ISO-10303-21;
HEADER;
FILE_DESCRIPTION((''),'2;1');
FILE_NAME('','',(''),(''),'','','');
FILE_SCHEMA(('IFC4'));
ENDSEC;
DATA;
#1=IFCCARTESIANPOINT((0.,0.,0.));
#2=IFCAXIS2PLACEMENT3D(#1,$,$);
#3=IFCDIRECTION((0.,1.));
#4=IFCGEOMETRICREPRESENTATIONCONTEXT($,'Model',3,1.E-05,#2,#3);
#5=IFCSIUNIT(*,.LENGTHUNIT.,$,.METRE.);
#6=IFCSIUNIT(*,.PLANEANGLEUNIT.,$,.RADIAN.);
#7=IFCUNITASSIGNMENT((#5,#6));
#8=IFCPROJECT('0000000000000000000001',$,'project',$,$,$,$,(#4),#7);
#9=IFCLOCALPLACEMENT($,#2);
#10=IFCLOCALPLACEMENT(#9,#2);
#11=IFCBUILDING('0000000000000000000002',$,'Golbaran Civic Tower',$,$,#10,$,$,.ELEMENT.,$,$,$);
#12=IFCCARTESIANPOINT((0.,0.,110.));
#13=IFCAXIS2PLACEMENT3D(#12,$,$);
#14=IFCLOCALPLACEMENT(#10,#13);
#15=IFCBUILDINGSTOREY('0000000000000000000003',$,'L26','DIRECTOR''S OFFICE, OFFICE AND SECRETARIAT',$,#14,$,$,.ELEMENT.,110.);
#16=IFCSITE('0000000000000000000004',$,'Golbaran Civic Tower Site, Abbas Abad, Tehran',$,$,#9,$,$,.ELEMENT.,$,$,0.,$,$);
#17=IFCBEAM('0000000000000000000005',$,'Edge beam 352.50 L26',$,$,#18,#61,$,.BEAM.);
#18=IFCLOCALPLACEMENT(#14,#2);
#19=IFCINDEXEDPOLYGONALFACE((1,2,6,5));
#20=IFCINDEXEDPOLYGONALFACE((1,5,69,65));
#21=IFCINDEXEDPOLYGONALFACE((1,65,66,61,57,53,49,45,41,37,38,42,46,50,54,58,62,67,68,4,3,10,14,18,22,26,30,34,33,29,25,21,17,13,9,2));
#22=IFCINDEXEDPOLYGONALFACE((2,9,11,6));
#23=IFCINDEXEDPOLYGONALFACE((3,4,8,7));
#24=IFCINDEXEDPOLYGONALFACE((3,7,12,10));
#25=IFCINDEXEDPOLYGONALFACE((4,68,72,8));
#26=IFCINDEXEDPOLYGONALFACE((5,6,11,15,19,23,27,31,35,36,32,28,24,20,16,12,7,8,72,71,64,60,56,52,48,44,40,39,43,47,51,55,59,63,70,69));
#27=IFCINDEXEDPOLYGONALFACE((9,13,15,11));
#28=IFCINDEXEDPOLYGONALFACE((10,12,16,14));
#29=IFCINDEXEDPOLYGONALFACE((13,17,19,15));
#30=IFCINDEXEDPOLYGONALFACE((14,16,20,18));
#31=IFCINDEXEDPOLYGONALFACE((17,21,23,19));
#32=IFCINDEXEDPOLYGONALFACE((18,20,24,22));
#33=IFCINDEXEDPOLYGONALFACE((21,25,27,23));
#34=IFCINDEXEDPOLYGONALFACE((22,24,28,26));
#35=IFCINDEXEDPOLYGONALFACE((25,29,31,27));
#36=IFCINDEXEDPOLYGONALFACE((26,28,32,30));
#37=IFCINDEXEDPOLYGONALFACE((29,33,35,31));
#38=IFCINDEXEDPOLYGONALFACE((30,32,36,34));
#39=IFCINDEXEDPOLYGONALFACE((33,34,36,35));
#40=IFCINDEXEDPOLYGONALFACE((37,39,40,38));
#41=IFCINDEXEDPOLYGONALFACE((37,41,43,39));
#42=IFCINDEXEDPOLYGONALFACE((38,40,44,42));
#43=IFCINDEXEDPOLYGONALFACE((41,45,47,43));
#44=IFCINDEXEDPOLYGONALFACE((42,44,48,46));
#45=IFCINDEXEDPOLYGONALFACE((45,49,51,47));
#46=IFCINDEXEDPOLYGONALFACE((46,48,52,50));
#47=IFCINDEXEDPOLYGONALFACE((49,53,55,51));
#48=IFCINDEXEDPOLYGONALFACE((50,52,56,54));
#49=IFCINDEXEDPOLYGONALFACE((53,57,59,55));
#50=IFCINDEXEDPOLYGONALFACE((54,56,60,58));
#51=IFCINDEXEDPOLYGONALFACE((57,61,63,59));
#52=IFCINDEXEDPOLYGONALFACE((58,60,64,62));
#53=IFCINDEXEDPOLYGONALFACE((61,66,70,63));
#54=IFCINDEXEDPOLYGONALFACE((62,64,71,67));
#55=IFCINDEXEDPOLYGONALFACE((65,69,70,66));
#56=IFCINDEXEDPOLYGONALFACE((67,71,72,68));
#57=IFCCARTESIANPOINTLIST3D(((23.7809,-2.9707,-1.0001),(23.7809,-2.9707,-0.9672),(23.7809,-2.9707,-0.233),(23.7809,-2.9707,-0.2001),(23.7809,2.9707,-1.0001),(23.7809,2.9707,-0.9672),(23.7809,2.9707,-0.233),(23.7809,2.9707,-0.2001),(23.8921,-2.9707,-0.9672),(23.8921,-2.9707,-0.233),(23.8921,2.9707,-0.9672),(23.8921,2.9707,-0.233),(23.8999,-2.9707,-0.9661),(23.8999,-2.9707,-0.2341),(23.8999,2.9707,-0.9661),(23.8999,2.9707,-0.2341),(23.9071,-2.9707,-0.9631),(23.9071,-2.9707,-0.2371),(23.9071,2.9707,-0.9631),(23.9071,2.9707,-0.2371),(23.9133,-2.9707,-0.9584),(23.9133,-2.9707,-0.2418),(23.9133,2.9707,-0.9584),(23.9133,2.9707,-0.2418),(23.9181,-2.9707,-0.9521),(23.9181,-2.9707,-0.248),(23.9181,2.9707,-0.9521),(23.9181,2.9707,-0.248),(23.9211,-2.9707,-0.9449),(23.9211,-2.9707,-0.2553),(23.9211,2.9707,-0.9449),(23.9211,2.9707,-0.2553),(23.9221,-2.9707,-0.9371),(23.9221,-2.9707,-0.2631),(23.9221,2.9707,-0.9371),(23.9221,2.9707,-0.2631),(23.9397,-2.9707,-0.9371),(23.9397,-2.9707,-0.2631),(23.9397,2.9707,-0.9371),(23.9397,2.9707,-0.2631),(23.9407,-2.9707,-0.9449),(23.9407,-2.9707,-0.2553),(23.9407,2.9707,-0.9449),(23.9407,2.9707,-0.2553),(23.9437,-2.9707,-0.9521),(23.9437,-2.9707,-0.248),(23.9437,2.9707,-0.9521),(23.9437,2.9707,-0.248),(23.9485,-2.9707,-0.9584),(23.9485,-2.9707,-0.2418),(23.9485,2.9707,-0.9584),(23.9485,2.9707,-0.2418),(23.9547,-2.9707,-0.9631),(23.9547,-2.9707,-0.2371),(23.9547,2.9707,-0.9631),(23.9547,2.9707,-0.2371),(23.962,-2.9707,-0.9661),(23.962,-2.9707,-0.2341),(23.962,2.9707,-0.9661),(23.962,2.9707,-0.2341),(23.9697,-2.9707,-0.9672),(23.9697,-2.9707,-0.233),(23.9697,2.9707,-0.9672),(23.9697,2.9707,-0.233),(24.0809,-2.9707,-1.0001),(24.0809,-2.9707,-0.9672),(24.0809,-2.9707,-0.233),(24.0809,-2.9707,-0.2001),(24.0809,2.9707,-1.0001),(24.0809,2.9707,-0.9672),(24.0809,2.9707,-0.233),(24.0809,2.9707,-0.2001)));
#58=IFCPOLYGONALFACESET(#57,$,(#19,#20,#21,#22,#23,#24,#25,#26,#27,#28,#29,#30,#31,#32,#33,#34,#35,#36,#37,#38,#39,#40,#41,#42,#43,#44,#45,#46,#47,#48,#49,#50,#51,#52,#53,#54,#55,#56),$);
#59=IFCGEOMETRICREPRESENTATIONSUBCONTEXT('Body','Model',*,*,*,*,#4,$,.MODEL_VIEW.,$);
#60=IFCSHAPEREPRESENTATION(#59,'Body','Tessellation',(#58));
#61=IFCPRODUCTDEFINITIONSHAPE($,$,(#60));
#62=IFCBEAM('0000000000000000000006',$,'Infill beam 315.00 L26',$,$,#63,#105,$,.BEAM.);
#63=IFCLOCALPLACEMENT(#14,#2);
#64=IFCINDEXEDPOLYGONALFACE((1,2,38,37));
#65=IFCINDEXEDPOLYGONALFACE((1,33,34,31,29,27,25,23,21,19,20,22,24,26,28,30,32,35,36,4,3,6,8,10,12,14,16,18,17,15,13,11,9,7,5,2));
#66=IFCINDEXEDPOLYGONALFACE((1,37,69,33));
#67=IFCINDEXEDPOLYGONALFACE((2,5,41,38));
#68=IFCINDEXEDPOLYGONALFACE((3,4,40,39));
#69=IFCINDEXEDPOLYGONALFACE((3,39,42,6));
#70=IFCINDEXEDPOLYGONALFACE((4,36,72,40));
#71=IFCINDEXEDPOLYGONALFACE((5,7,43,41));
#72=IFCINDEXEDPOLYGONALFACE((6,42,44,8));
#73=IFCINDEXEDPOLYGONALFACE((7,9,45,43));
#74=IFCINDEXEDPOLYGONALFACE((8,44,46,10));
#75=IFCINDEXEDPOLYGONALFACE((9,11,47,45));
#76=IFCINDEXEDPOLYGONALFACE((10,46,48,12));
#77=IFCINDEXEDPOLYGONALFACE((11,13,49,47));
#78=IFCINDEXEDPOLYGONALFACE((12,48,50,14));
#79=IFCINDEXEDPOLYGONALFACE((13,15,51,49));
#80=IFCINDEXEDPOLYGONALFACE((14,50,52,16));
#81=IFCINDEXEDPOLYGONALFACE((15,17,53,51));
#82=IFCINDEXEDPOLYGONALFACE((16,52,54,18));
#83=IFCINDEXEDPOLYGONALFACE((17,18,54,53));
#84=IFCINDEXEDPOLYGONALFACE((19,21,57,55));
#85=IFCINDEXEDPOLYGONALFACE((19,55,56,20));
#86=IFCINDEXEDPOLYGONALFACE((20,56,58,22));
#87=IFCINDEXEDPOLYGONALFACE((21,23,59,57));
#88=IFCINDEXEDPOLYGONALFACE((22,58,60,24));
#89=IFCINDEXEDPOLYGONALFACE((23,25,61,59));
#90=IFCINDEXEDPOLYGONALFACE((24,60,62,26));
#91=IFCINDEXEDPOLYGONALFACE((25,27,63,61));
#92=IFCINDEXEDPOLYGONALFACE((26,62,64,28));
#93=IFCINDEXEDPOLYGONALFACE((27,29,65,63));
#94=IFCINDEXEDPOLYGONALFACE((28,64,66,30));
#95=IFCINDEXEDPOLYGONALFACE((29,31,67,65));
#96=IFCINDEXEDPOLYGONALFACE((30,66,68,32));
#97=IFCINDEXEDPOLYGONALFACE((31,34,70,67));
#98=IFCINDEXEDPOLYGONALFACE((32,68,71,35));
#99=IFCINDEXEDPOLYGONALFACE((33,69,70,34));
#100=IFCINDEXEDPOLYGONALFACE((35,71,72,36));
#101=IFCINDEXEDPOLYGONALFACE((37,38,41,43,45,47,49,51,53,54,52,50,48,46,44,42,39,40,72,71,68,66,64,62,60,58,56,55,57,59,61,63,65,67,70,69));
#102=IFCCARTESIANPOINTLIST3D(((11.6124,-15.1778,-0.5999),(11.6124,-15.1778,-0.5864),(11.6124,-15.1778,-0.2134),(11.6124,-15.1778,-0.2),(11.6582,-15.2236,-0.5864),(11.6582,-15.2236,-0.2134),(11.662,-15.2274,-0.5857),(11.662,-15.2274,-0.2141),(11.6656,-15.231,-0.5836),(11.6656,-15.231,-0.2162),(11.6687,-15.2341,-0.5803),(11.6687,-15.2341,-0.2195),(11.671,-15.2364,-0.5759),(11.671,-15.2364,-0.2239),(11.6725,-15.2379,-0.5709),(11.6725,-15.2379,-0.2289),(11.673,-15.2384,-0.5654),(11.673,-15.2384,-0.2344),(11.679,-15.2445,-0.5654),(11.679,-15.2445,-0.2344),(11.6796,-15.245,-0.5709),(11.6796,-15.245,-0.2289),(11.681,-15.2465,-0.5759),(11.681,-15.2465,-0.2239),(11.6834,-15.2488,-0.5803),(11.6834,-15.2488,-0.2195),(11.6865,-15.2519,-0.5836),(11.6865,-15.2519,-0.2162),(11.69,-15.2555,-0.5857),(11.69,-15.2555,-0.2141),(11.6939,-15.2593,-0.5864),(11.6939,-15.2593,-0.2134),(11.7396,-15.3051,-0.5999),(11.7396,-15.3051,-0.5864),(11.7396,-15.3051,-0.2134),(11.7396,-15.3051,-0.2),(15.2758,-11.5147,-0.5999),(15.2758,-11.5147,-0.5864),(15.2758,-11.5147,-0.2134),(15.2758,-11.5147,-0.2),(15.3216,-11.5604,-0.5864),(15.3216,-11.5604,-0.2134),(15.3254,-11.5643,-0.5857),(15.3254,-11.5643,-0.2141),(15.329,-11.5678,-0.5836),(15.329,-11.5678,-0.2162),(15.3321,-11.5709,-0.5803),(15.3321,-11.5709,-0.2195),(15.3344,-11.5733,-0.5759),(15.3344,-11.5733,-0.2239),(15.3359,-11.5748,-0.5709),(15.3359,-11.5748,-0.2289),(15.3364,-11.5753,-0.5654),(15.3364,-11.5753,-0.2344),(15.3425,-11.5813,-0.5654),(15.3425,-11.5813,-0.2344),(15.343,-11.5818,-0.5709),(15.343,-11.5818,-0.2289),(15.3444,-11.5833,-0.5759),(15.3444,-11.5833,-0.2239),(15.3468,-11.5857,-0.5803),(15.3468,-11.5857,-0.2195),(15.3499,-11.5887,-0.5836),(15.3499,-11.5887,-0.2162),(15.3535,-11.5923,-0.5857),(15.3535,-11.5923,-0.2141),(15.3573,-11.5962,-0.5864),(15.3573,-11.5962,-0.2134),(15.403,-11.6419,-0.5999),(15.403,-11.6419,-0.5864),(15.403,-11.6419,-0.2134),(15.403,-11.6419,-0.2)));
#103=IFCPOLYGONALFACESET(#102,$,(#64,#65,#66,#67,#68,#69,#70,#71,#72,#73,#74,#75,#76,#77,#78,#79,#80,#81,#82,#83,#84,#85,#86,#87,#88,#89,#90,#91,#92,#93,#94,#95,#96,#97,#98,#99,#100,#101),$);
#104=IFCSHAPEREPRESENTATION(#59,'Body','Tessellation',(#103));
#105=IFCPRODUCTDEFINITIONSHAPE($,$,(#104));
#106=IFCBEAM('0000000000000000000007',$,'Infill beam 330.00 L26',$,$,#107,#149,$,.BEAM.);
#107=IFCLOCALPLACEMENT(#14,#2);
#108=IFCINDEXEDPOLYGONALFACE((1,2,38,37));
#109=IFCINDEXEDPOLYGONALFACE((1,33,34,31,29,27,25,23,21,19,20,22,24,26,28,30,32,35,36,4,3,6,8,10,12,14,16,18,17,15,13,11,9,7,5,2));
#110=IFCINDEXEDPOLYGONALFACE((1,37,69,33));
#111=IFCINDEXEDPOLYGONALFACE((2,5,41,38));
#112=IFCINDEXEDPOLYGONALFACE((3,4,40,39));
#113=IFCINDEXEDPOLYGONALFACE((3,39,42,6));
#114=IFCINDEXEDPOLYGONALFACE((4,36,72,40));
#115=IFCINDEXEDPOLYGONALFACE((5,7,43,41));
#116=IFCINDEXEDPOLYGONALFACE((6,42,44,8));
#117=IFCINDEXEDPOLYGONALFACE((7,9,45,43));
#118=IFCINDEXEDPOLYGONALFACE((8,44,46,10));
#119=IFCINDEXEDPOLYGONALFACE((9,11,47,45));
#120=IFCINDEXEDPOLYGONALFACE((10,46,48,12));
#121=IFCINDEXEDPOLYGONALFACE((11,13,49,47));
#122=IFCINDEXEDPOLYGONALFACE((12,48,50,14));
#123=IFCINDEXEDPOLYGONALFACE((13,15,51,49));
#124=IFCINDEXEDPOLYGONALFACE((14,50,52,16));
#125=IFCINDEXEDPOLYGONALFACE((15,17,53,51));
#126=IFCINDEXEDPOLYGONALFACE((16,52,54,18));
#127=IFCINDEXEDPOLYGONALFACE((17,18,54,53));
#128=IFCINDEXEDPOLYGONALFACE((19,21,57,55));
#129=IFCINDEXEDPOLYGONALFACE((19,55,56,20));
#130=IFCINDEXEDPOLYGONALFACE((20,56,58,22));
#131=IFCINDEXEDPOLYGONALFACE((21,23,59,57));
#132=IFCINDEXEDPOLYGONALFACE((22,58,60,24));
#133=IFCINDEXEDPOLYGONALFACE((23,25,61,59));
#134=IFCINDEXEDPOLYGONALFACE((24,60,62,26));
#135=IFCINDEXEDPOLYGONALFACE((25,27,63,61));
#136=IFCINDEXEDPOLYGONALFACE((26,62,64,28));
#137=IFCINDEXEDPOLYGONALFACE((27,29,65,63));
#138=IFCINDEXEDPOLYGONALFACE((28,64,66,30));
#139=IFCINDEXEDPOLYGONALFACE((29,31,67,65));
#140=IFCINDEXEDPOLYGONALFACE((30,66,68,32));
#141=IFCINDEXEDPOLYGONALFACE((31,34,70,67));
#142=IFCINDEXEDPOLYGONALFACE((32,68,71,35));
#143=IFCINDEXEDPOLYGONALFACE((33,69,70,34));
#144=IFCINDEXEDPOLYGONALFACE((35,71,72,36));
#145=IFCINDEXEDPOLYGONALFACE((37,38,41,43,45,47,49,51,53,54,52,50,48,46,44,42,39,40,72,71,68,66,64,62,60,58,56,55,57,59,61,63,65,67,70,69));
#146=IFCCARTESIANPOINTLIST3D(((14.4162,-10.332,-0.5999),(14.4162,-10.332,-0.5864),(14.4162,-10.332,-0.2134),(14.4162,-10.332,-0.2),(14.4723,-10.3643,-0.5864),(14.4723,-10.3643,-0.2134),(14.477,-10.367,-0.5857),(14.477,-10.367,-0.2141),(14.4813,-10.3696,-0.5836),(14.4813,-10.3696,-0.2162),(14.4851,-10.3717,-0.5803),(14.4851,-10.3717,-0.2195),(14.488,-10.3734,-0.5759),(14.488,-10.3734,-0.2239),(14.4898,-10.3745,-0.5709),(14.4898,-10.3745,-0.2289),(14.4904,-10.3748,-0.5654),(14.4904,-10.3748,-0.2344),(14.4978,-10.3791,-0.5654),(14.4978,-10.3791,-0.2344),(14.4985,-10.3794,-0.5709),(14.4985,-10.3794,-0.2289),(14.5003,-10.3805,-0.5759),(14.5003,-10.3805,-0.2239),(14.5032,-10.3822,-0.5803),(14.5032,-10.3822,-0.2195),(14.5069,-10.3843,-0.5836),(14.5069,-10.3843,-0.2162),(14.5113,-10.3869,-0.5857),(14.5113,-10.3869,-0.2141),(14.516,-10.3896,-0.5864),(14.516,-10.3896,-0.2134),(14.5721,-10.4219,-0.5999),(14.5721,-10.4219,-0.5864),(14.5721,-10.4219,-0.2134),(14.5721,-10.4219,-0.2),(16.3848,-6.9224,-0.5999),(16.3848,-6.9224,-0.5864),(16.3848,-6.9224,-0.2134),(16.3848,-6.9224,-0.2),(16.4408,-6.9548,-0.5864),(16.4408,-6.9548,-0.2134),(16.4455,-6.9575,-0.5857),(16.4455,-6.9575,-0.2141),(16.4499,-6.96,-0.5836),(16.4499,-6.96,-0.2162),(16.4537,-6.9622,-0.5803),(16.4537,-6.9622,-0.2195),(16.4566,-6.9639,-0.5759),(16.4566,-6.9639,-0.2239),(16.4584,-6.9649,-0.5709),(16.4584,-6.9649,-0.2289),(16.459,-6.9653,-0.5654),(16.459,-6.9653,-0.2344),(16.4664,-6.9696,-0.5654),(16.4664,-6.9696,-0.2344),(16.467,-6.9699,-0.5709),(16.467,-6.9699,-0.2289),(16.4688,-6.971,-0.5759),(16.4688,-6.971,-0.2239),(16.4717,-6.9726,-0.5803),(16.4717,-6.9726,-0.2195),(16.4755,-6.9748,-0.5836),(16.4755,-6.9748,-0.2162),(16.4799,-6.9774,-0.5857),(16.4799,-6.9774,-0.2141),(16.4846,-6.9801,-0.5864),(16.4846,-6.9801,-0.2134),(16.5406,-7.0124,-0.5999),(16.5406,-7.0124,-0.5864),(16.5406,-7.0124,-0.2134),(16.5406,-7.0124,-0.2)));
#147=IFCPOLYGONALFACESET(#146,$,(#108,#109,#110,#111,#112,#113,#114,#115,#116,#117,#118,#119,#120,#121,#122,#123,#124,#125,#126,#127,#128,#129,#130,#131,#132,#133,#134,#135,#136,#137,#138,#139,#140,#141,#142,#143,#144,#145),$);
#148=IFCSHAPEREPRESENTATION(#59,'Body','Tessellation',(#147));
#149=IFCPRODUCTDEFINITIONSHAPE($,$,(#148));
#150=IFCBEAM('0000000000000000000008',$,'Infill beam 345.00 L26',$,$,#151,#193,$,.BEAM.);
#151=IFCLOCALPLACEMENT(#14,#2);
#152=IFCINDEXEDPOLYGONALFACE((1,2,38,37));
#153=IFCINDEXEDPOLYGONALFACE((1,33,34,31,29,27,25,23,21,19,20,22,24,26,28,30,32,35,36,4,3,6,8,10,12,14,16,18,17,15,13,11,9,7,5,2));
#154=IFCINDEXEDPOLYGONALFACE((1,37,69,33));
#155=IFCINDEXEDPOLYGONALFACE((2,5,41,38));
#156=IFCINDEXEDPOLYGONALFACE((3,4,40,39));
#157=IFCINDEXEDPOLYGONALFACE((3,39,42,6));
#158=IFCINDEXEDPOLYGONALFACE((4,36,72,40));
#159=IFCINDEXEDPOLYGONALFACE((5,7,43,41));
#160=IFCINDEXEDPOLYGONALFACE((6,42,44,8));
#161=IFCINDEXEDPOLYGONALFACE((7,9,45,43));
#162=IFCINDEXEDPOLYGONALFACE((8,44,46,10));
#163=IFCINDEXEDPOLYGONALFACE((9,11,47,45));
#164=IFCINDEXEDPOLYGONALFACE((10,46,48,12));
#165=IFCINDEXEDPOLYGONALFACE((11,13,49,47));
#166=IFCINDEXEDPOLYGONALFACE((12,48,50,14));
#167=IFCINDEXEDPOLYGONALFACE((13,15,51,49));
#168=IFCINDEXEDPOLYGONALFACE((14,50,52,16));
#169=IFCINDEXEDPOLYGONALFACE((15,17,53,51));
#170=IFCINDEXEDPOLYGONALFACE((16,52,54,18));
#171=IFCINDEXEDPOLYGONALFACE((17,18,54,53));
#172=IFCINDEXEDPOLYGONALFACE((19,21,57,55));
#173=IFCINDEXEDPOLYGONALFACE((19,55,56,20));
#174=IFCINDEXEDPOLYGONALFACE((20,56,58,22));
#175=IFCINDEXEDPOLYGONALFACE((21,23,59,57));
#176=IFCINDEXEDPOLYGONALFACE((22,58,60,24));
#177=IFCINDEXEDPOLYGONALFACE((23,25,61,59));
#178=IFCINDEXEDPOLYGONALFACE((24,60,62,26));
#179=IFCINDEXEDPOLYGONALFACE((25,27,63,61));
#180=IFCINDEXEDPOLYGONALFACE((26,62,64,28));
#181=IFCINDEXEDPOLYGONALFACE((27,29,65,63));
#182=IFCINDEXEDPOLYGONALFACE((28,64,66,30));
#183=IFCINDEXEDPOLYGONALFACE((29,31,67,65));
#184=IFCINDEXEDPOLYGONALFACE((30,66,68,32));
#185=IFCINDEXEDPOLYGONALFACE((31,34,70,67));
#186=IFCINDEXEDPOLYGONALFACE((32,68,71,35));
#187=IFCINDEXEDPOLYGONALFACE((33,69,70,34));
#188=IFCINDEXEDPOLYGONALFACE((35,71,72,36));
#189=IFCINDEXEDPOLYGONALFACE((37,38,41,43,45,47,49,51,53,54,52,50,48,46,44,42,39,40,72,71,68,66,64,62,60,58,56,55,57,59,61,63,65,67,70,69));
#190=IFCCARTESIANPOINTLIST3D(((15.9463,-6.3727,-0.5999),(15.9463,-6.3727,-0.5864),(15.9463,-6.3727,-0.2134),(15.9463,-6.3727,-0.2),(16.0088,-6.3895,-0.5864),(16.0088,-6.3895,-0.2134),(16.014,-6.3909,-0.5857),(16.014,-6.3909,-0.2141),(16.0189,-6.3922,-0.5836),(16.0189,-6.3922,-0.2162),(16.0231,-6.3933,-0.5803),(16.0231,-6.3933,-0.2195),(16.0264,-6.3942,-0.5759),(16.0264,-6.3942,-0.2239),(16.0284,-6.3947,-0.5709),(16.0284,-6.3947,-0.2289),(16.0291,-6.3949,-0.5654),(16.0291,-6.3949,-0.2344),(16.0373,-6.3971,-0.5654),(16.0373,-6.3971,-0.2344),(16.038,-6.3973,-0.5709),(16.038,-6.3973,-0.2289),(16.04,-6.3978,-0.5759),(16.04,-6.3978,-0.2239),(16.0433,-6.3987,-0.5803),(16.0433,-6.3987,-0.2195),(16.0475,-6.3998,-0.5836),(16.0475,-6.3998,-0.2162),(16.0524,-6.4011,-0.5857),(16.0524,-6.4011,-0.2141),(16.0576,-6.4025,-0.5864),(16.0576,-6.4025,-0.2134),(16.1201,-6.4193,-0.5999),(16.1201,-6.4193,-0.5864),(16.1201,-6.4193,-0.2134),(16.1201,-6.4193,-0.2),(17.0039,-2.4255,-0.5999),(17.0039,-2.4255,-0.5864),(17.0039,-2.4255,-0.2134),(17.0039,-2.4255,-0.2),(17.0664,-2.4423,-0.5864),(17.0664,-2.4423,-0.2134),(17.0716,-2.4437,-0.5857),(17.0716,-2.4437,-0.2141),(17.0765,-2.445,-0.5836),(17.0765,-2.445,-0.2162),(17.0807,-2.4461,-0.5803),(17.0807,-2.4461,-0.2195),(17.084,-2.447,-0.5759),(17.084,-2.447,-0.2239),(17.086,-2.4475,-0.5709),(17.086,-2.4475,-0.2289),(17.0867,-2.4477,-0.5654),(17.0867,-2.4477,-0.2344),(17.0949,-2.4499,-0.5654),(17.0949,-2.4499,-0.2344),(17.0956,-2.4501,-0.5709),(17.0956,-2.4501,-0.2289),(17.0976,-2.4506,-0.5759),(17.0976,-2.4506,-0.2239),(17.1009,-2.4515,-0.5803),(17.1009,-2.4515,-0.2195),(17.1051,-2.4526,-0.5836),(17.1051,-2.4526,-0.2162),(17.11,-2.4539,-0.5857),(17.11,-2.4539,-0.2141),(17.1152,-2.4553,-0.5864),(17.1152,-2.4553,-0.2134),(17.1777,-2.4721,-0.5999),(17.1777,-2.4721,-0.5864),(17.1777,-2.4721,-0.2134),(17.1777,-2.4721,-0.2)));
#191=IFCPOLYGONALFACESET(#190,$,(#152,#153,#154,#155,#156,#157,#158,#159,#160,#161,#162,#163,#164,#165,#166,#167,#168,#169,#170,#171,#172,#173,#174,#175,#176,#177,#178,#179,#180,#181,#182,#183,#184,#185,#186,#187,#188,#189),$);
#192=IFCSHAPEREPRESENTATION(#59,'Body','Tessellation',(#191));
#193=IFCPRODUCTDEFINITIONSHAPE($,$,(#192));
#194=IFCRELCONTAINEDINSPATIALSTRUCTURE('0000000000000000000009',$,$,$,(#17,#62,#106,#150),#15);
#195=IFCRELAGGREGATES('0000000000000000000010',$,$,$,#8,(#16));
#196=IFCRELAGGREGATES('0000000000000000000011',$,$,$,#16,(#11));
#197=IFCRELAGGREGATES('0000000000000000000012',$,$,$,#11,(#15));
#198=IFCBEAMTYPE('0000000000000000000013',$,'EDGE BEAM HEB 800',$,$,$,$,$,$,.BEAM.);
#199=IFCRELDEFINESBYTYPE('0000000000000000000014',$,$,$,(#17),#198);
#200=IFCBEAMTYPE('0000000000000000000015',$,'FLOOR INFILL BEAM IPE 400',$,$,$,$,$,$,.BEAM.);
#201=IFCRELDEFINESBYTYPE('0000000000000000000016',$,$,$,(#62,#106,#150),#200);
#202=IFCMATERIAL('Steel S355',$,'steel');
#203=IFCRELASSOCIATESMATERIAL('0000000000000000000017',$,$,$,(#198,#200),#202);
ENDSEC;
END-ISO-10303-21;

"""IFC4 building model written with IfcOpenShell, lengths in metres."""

from ifc_helpers import new_model, si_unit, direction, frame, origin, origin_2d, place, context, subcontext, project, spatial, i_section, extrude, material, material_profile, profile_set, type_object, element, save


model = new_model("IFC4")

# Units and contexts
model_context = context("Model", 3, precision=1e-05, world=origin(), true_north=direction((0.0, 1.0)))
body_context = subcontext(model_context, "Body", "Model", "MODEL_VIEW")
ifc_project = project(units=[si_unit("LENGTHUNIT", "METRE"), si_unit("PLANEANGLEUNIT", "RADIAN")], contexts=[model_context])

# Site, building, storey
site_placement = place(None, origin())
site = spatial("IfcSite", under=ifc_project, at=site_placement, Name="Golbaran Civic Tower Site, Abbas Abad, Tehran", CompositionType="ELEMENT", RefElevation=0.0)
building_placement = place(site_placement, origin())
building = spatial("IfcBuilding", under=site, at=building_placement, Name="Golbaran Civic Tower", CompositionType="ELEMENT")
storey_placement = place(building_placement, frame((0.0, 0.0, 110.0)))
storey = spatial("IfcBuildingStorey", under=building, at=storey_placement, Name="L26", Description="DIRECTOR'S OFFICE, OFFICE AND SECRETARIAT", CompositionType="ELEMENT", Elevation=110.0)

# Beams
ifc_material_1 = material(Name="Steel S355", Category="steel")
ifc_material_profile_1 = material_profile(ifc_material_1, i_section(OverallWidth=0.3, OverallDepth=0.8, WebThickness=0.0176, FlangeThickness=0.033, FilletRadius=0.03, at=origin_2d()), Name="HEB 800")
ifc_profile_set_1 = profile_set([ifc_material_profile_1], Name="Steel S355")
beam_type_1 = type_object("IfcBeamType", Name="EDGE BEAM HEB 800", PredefinedType="BEAM", material=ifc_profile_set_1)
beam_1_placement = place(storey_placement, frame((23.9309, -2.9707, -0.6001), z_axis=(0.0, 1.0, 0.0), x_axis=(-1.0, 0.0, 0.0)))
element("IfcBeam", 1, at=beam_1_placement, inside=storey, type_object=beam_type_1, Name="Edge beam 352.50 L26", PredefinedType="BEAM", context=body_context, shape_type="SweptSolid", body=[
    extrude(i_section(OverallWidth=0.3, OverallDepth=0.8, WebThickness=0.0176, FlangeThickness=0.033, FilletRadius=0.03, at=origin_2d()), origin(), (0.0, 0.0, 1.0), 5.9414),
])
ifc_material_profile_2 = material_profile(ifc_material_1, i_section(OverallWidth=0.1799, OverallDepth=0.3999, WebThickness=0.0085, FlangeThickness=0.0134, FilletRadius=0.021, at=origin_2d()), Name="IPE 400")
ifc_profile_set_2 = profile_set([ifc_material_profile_2], Name="Steel S355")
beam_type_2 = type_object("IfcBeamType", Name="FLOOR INFILL BEAM IPE 400", PredefinedType="BEAM", material=ifc_profile_set_2)
beam_2_placement = place(storey_placement, frame((11.676, -15.2415, -0.3999), z_axis=(0.70713, 0.707083, 0.0), x_axis=(-0.707083, 0.70713, 0.0)))
element("IfcBeam", 2, at=beam_2_placement, inside=storey, type_object=beam_type_2, Name="Infill beam 315.00 L26", PredefinedType="BEAM", context=body_context, shape_type="SweptSolid", body=[
    extrude(i_section(OverallWidth=0.1799, OverallDepth=0.3999, WebThickness=0.0085, FlangeThickness=0.0134, FilletRadius=0.021, at=origin_2d()), origin(), (0.0, 0.0, 1.0), 5.1807),
])
beam_3_placement = place(storey_placement, frame((14.4941, -10.377, -0.3999), z_axis=(0.500014, 0.866017, 0.0), x_axis=(-0.866017, 0.500014, 0.0)))
element("IfcBeam", 3, at=beam_3_placement, inside=storey, type_object=beam_type_2, Name="Infill beam 330.00 L26", PredefinedType="BEAM", context=body_context, shape_type="SweptSolid", body=[
    extrude(i_section(OverallWidth=0.1799, OverallDepth=0.3999, WebThickness=0.0085, FlangeThickness=0.0134, FilletRadius=0.021, at=origin_2d()), origin(), (0.0, 0.0, 1.0), 3.937),
])
beam_4_placement = place(storey_placement, frame((16.0332, -6.396, -0.3999), z_axis=(0.258808, 0.965929, 0.0), x_axis=(-0.965929, 0.258808, 0.0)))
element("IfcBeam", 4, at=beam_4_placement, inside=storey, type_object=beam_type_2, Name="Infill beam 345.00 L26", PredefinedType="BEAM", context=body_context, shape_type="SweptSolid", body=[
    extrude(i_section(OverallWidth=0.1799, OverallDepth=0.3999, WebThickness=0.0085, FlangeThickness=0.0134, FilletRadius=0.021, at=origin_2d()), origin(), (0.0, 0.0, 1.0), 4.0864),
])

save(model, "model.ifc")
